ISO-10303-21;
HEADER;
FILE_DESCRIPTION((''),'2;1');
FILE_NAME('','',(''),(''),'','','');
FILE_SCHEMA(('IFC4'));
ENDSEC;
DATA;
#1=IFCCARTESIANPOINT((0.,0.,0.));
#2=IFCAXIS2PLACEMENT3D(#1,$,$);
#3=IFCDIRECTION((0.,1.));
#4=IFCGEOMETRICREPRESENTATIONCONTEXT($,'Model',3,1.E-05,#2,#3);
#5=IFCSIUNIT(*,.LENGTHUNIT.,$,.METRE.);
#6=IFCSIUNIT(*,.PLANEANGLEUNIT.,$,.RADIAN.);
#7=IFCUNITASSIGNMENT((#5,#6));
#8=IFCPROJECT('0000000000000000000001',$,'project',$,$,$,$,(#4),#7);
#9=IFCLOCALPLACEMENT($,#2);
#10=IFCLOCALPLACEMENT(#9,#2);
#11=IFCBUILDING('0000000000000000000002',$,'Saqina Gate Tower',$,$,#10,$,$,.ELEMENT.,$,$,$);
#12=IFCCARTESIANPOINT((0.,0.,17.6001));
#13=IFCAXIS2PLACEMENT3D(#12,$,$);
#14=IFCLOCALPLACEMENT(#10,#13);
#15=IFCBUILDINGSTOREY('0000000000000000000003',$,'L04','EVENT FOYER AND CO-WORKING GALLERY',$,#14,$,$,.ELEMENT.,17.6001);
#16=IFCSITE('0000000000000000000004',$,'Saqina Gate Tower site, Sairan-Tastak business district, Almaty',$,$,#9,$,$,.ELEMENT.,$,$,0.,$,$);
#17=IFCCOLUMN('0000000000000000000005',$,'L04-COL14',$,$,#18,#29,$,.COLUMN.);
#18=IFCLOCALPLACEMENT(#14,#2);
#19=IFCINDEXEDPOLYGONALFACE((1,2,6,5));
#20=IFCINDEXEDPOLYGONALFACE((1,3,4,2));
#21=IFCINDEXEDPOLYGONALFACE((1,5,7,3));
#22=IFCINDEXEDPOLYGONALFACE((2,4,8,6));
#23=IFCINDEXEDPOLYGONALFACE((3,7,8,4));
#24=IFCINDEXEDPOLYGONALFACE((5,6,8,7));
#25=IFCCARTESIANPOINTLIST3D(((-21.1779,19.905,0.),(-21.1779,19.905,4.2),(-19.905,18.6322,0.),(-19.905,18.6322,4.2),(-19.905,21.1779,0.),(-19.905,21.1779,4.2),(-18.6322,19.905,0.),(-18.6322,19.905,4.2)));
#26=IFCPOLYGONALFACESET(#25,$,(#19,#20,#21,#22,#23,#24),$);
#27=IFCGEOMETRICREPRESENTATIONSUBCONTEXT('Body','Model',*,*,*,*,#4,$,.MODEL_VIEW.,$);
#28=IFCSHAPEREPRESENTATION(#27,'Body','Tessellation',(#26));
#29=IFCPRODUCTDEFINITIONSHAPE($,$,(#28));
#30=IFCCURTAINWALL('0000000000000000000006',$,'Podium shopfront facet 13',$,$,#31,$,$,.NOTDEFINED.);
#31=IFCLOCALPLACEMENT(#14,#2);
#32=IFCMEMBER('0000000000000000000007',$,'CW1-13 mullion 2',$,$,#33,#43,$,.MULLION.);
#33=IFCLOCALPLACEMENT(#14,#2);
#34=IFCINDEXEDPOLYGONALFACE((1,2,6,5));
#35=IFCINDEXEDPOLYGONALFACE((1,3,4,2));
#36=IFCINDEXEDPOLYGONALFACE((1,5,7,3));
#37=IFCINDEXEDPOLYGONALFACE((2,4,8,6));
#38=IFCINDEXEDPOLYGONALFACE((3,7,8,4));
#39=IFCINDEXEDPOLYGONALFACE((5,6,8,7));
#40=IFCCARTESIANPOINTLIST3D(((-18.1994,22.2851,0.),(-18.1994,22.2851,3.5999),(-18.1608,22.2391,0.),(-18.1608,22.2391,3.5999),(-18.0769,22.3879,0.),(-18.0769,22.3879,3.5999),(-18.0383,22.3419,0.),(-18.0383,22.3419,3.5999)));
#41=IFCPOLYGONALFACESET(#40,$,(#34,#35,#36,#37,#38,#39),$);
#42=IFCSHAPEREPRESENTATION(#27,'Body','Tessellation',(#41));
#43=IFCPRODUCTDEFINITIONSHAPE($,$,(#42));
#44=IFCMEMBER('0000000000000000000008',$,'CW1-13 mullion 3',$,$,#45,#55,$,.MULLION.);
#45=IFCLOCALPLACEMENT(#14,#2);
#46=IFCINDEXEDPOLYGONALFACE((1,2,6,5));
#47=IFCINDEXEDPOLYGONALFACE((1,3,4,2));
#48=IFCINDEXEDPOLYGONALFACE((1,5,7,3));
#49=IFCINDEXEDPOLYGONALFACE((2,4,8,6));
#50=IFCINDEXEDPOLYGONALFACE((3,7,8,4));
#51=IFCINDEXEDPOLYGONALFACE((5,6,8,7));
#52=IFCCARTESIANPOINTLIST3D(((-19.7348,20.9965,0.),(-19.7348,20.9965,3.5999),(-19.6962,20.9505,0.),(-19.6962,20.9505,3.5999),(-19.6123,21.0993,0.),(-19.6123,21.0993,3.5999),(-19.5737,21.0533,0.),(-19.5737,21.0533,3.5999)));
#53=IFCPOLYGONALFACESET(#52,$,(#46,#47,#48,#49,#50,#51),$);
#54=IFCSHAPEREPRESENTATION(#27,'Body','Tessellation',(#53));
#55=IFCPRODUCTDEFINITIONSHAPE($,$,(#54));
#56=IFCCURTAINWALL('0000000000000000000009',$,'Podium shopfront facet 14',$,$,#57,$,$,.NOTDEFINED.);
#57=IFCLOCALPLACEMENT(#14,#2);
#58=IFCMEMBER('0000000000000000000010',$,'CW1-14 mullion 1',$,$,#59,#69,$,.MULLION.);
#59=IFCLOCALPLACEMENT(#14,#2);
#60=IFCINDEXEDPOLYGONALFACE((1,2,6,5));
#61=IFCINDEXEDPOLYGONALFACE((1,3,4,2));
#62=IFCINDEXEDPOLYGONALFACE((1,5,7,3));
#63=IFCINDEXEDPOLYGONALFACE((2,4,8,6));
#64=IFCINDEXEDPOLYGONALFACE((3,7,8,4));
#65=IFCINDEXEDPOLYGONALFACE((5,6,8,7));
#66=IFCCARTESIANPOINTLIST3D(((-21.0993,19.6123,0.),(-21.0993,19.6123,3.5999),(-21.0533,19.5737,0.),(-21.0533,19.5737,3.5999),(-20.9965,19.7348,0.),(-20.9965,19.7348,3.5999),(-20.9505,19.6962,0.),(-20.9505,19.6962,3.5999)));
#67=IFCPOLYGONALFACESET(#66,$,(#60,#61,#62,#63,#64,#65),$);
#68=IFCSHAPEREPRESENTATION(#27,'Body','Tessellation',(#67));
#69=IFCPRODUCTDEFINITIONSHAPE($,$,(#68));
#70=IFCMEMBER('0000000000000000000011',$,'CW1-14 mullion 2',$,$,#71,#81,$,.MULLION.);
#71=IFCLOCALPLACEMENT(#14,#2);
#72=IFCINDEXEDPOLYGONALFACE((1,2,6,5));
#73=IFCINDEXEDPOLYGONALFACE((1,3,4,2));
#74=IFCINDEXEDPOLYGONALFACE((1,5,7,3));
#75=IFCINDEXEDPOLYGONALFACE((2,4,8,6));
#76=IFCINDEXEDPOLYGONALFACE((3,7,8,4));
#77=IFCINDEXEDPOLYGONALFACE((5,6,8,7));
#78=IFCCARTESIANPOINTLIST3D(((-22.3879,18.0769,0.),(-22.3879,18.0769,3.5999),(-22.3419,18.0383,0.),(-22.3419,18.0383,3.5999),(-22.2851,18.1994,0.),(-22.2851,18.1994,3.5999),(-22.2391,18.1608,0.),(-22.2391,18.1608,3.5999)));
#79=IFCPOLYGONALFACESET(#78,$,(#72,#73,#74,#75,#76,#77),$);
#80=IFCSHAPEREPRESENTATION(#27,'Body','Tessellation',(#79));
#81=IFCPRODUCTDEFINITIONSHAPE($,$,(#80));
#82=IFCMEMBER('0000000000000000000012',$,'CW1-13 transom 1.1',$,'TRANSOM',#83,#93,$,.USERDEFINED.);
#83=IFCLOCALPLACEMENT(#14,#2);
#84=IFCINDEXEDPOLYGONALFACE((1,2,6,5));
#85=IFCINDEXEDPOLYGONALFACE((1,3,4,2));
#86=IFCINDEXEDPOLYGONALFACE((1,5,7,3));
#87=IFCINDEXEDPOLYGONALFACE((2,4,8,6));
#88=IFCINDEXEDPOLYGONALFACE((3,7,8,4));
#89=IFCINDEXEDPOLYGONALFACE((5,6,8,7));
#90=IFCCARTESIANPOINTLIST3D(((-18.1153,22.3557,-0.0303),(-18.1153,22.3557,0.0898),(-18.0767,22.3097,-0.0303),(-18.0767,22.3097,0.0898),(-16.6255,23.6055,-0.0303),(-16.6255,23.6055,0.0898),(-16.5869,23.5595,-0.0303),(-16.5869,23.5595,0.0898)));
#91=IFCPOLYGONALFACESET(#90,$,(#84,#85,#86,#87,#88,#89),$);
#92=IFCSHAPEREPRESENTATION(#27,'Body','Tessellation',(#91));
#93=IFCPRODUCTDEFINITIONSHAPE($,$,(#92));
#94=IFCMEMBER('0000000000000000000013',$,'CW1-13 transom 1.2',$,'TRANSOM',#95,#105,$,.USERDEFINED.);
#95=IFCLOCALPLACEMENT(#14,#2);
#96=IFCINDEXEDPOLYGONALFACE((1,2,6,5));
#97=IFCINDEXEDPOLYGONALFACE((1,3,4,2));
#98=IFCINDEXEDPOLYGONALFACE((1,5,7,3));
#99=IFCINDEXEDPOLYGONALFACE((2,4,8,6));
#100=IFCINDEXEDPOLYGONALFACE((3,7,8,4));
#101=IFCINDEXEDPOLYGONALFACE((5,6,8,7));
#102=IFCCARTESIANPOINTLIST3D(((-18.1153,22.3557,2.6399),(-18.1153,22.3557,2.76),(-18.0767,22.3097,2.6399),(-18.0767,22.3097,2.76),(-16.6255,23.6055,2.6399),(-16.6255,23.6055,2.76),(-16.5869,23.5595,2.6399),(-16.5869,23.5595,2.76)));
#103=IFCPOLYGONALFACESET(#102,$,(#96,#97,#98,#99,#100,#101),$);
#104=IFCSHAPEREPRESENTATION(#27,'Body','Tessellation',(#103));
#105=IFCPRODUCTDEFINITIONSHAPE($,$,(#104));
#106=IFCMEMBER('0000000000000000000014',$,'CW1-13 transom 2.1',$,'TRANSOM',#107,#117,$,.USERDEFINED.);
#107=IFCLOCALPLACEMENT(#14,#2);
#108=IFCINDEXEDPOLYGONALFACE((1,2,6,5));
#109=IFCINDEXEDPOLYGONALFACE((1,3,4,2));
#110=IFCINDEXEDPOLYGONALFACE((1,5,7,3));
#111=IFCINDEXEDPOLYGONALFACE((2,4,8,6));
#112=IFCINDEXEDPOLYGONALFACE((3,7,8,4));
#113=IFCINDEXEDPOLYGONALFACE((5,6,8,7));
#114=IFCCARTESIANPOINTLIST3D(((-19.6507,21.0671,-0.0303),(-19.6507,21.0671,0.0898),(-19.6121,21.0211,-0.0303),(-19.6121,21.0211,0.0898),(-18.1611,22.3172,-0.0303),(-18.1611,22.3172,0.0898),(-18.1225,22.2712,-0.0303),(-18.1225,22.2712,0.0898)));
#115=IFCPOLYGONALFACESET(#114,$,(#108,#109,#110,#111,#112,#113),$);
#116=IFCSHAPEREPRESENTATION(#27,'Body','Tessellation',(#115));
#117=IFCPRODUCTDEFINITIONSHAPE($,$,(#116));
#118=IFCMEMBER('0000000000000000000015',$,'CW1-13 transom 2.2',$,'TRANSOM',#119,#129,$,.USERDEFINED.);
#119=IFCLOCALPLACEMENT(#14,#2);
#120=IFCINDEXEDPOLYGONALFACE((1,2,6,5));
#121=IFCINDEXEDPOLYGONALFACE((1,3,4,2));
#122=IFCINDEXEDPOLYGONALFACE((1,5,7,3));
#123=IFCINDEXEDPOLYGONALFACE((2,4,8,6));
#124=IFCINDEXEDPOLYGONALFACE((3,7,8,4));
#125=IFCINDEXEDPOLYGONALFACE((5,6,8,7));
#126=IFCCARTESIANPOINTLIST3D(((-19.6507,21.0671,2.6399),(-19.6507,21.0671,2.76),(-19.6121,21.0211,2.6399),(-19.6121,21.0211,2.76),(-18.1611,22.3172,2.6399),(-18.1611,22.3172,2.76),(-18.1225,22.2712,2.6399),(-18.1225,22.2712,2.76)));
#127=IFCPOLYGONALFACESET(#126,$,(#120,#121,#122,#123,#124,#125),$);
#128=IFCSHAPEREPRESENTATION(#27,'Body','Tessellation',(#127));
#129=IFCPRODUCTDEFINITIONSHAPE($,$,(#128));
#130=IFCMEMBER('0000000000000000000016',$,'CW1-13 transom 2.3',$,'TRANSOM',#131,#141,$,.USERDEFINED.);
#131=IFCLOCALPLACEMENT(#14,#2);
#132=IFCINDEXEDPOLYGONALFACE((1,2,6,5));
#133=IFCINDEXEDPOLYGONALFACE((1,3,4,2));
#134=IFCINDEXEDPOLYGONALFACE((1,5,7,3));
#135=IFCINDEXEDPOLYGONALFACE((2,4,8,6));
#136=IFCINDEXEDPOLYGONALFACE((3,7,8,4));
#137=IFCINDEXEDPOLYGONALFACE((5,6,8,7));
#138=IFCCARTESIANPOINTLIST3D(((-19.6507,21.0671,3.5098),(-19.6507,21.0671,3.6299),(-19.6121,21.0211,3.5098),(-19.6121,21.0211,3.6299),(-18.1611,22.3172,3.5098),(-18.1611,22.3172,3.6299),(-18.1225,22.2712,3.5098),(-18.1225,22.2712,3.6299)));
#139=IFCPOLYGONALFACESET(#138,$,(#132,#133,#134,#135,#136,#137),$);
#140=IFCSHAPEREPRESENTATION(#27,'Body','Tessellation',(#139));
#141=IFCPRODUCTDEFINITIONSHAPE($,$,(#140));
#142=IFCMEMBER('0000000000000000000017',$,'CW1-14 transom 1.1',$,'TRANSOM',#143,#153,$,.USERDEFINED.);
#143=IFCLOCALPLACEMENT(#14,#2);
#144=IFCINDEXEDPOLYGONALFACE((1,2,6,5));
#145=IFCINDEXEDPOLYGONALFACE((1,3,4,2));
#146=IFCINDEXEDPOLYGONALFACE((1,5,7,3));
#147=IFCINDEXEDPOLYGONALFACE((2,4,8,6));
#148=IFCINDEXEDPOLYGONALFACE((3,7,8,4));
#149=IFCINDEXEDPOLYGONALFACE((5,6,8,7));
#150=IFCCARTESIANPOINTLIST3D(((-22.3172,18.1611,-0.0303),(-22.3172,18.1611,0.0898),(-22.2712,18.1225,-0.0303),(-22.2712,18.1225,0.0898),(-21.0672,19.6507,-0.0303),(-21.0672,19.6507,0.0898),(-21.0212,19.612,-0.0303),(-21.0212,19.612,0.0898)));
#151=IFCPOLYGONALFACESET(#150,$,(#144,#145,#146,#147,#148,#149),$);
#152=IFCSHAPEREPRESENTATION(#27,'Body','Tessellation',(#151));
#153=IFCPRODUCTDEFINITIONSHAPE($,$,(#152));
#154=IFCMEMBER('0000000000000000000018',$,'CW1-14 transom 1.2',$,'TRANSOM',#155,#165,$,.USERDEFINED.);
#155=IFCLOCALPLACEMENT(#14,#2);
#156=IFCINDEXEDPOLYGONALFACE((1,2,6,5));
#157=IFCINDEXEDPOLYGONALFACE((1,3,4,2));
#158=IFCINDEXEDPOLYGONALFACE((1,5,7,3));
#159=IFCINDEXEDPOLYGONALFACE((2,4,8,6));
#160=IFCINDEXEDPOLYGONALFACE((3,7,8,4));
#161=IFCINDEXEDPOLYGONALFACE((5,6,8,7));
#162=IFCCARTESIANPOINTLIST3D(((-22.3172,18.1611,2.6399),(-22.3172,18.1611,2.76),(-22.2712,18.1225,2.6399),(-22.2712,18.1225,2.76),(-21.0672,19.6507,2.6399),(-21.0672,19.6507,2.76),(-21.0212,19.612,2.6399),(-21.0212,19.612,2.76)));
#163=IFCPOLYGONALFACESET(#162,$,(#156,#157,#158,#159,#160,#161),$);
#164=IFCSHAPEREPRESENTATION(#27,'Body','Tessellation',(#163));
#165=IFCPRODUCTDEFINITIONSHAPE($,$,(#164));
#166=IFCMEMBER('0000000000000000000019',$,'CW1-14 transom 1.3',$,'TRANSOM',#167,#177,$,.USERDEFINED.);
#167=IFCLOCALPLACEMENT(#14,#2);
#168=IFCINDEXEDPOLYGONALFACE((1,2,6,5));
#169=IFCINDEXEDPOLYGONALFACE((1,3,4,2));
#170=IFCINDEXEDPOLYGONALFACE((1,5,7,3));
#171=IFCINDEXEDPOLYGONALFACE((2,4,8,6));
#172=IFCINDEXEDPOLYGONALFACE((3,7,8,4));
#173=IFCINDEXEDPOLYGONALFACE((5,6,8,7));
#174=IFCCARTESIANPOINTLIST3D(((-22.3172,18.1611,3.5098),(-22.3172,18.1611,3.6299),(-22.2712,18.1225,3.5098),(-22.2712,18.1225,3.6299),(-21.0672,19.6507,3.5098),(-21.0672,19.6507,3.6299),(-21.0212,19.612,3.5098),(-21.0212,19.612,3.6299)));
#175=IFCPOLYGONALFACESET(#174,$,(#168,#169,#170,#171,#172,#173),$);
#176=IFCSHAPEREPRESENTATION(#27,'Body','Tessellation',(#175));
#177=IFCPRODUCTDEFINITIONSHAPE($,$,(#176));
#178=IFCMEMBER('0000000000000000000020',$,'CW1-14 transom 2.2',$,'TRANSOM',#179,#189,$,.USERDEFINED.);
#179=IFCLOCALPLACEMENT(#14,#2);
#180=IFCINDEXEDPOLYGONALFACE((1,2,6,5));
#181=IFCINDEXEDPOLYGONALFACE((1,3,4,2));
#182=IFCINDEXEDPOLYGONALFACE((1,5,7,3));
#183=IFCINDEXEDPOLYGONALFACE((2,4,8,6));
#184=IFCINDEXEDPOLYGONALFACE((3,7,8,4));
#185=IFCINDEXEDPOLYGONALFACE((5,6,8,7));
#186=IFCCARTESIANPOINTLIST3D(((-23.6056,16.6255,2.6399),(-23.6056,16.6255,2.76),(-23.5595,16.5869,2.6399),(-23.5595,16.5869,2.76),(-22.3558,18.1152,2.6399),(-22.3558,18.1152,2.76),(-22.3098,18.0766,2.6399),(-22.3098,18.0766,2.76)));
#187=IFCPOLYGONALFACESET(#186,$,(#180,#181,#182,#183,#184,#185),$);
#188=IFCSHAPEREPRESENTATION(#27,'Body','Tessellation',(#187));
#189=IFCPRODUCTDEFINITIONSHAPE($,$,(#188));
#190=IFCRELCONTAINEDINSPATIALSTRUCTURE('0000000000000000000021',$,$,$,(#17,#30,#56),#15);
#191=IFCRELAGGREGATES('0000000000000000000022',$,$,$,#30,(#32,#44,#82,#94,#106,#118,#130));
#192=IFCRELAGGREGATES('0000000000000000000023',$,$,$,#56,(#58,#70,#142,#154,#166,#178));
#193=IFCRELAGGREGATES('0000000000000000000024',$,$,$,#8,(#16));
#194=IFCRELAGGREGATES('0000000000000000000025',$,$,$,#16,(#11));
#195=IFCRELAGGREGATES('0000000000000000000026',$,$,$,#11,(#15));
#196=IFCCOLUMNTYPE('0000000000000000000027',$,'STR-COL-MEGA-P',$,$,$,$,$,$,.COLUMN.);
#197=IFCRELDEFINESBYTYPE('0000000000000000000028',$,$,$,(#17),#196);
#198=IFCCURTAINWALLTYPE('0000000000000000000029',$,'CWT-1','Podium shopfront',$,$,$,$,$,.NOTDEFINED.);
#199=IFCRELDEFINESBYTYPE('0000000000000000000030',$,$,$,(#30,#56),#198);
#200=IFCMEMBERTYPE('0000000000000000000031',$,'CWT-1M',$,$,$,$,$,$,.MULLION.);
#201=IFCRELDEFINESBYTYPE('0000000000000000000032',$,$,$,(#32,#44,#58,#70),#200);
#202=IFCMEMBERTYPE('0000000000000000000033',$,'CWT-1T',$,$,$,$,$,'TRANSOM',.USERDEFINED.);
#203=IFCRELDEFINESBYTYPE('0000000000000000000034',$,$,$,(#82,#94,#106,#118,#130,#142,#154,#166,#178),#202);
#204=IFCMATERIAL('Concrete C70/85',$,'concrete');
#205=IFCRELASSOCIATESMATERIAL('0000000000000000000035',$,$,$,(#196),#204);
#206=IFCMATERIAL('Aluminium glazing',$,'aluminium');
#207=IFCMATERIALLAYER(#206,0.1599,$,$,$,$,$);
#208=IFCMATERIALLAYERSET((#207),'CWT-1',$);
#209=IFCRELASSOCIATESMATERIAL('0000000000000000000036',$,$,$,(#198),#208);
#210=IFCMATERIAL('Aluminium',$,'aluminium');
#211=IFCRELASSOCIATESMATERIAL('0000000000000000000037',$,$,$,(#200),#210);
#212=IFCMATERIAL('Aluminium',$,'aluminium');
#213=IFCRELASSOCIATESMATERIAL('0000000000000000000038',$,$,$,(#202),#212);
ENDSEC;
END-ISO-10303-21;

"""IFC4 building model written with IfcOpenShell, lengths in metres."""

from ifc_helpers import new_model, si_unit, direction, frame, origin, origin_2d, place, context, subcontext, project, spatial, rectangle, extrude, material, layer, layer_set, material_profile, profile_set, type_object, element, aggregate, save


model = new_model("IFC4")

# Units and contexts
model_context = context("Model", 3, precision=1e-05, world=origin(), true_north=direction((0.0, 1.0)))
body_context = subcontext(model_context, "Body", "Model", "MODEL_VIEW")
ifc_project = project(units=[si_unit("LENGTHUNIT", "METRE"), si_unit("PLANEANGLEUNIT", "RADIAN")], contexts=[model_context])

# Site, building, storey
site_placement = place(None, origin())
site = spatial("IfcSite", under=ifc_project, at=site_placement, Name="Saqina Gate Tower site, Sairan-Tastak business district, Almaty", CompositionType="ELEMENT", RefElevation=0.0)
building_placement = place(site_placement, origin())
building = spatial("IfcBuilding", under=site, at=building_placement, Name="Saqina Gate Tower", CompositionType="ELEMENT")
storey_placement = place(building_placement, frame((0.0, 0.0, 17.6001)))
storey = spatial("IfcBuildingStorey", under=building, at=storey_placement, Name="L04", Description="EVENT FOYER AND CO-WORKING GALLERY", CompositionType="ELEMENT", Elevation=17.6001)

# Column
ifc_material_1 = material(Name="Concrete C70/85", Category="concrete")
ifc_material_profile_1 = material_profile(ifc_material_1, rectangle(XDim=1.8, YDim=1.8, at=origin_2d()), Name="RC 1800x1800")
ifc_profile_set_1 = profile_set([ifc_material_profile_1], Name="Concrete C70/85")
column_type = type_object("IfcColumnType", Name="STR-COL-MEGA-P", PredefinedType="COLUMN", material=ifc_profile_set_1)
column_placement = place(storey_placement, frame((-19.905, 19.905, 0.0), z_axis=(0.0, 0.0, 1.0), x_axis=(-0.707107, 0.707107, 0.0)))
element("IfcColumn", 1, at=column_placement, inside=storey, type_object=column_type, Name="L04-COL14", PredefinedType="COLUMN", context=body_context, shape_type="SweptSolid", body=[
    extrude(rectangle(XDim=1.8, YDim=1.8, at=origin_2d()), origin(), (0.0, 0.0, 1.0), 4.2),
])

# Curtain walls, members
ifc_material_2 = material(Name="Aluminium glazing", Category="aluminium")
ifc_layer_1 = layer(ifc_material_2, 0.1599)
ifc_layer_set_1 = layer_set([ifc_layer_1], Name="CWT-1")
curtain_wall_type = type_object("IfcCurtainWallType", Name="CWT-1", Description="Podium shopfront", PredefinedType="NOTDEFINED", material=ifc_layer_set_1)
curtain_wall_1_placement = place(storey_placement, origin())
curtain_wall_1 = element("IfcCurtainWall", 2, at=curtain_wall_1_placement, inside=storey, type_object=curtain_wall_type, Name="Podium shopfront facet 13", PredefinedType="NOTDEFINED")
ifc_material_3 = material(Name="Aluminium", Category="aluminium")
ifc_material_profile_2 = material_profile(ifc_material_3, rectangle(XDim=0.0601, YDim=0.1599, at=origin_2d()), Name="Aluminium 60x160")
ifc_profile_set_2 = profile_set([ifc_material_profile_2], Name="Aluminium")
member_type_1 = type_object("IfcMemberType", Name="CWT-1M", PredefinedType="MULLION", material=ifc_profile_set_2)
member_1_placement = place(storey_placement, frame((-18.1189, 22.3135, 0.0), z_axis=(0.0, 0.0, 1.0), x_axis=(0.642779, -0.766051, 0.0)))
member_1 = element("IfcMember", 3, at=member_1_placement, type_object=member_type_1, Name="CW1-13 mullion 2", PredefinedType="MULLION", context=body_context, shape_type="SweptSolid", body=[
    extrude(rectangle(XDim=0.0601, YDim=0.1599, at=origin_2d()), origin(), (0.0, 0.0, 1.0), 3.5999),
])
member_2_placement = place(storey_placement, frame((-19.6543, 21.0249, 0.0), z_axis=(0.0, 0.0, 1.0), x_axis=(0.642779, -0.766051, 0.0)))
member_2 = element("IfcMember", 4, at=member_2_placement, type_object=member_type_1, Name="CW1-13 mullion 3", PredefinedType="MULLION", context=body_context, shape_type="SweptSolid", body=[
    extrude(rectangle(XDim=0.0601, YDim=0.1599, at=origin_2d()), origin(), (0.0, 0.0, 1.0), 3.5999),
])
curtain_wall_2_placement = place(storey_placement, origin())
curtain_wall_2 = element("IfcCurtainWall", 5, at=curtain_wall_2_placement, inside=storey, type_object=curtain_wall_type, Name="Podium shopfront facet 14", PredefinedType="NOTDEFINED")
member_3_placement = place(storey_placement, frame((-21.0249, 19.6543, 0.0), z_axis=(0.0, 0.0, 1.0), x_axis=(0.766051, -0.642779, 0.0)))
member_3 = element("IfcMember", 6, at=member_3_placement, type_object=member_type_1, Name="CW1-14 mullion 1", PredefinedType="MULLION", context=body_context, shape_type="SweptSolid", body=[
    extrude(rectangle(XDim=0.0601, YDim=0.1599, at=origin_2d()), origin(), (0.0, 0.0, 1.0), 3.5999),
])
member_4_placement = place(storey_placement, frame((-22.3135, 18.1189, 0.0), z_axis=(0.0, 0.0, 1.0), x_axis=(0.766051, -0.642779, 0.0)))
member_4 = element("IfcMember", 7, at=member_4_placement, type_object=member_type_1, Name="CW1-14 mullion 2", PredefinedType="MULLION", context=body_context, shape_type="SweptSolid", body=[
    extrude(rectangle(XDim=0.0601, YDim=0.1599, at=origin_2d()), origin(), (0.0, 0.0, 1.0), 3.5999),
])

# Members
ifc_material_4 = material(Name="Aluminium", Category="aluminium")
ifc_material_profile_3 = material_profile(ifc_material_4, rectangle(XDim=0.0601, YDim=0.1201, at=origin_2d()), Name="Aluminium 60x120")
ifc_profile_set_3 = profile_set([ifc_material_profile_3], Name="Aluminium")
member_type_2 = type_object("IfcMemberType", Name="CWT-1T", ElementType="TRANSOM", PredefinedType="USERDEFINED", material=ifc_profile_set_3)
member_5_placement = place(storey_placement, frame((-16.6062, 23.5825, 0.0298), z_axis=(-0.766118, -0.6427, 0.0), x_axis=(0.6427, -0.766118, 0.0)))
member_5 = element("IfcMember", 8, at=member_5_placement, type_object=member_type_2, Name="CW1-13 transom 1.1", ObjectType="TRANSOM", PredefinedType="USERDEFINED", context=body_context, shape_type="SweptSolid", body=[
    extrude(rectangle(XDim=0.0601, YDim=0.1201, at=origin_2d()), origin(), (0.0, 0.0, 1.0), 1.9446),
])
member_6_placement = place(storey_placement, frame((-16.6062, 23.5825, 2.7), z_axis=(-0.766118, -0.6427, 0.0), x_axis=(0.6427, -0.766118, 0.0)))
member_6 = element("IfcMember", 9, at=member_6_placement, type_object=member_type_2, Name="CW1-13 transom 1.2", ObjectType="TRANSOM", PredefinedType="USERDEFINED", context=body_context, shape_type="SweptSolid", body=[
    extrude(rectangle(XDim=0.0601, YDim=0.1201, at=origin_2d()), origin(), (0.0, 0.0, 1.0), 1.9446),
])
member_7_placement = place(storey_placement, frame((-18.1418, 22.2942, 0.0298), z_axis=(-0.766004, -0.642836, 0.0), x_axis=(0.642836, -0.766004, 0.0)))
member_7 = element("IfcMember", 10, at=member_7_placement, type_object=member_type_2, Name="CW1-13 transom 2.1", ObjectType="TRANSOM", PredefinedType="USERDEFINED", context=body_context, shape_type="SweptSolid", body=[
    extrude(rectangle(XDim=0.0601, YDim=0.1201, at=origin_2d()), origin(), (0.0, 0.0, 1.0), 1.9446),
])
member_8_placement = place(storey_placement, frame((-18.1418, 22.2942, 2.7), z_axis=(-0.766004, -0.642836, 0.0), x_axis=(0.642836, -0.766004, 0.0)))
member_8 = element("IfcMember", 11, at=member_8_placement, type_object=member_type_2, Name="CW1-13 transom 2.2", ObjectType="TRANSOM", PredefinedType="USERDEFINED", context=body_context, shape_type="SweptSolid", body=[
    extrude(rectangle(XDim=0.0601, YDim=0.1201, at=origin_2d()), origin(), (0.0, 0.0, 1.0), 1.9446),
])
member_9_placement = place(storey_placement, frame((-18.1418, 22.2942, 3.5698), z_axis=(-0.766004, -0.642836, 0.0), x_axis=(0.642836, -0.766004, 0.0)))
member_9 = element("IfcMember", 12, at=member_9_placement, type_object=member_type_2, Name="CW1-13 transom 2.3", ObjectType="TRANSOM", PredefinedType="USERDEFINED", context=body_context, shape_type="SweptSolid", body=[
    extrude(rectangle(XDim=0.0601, YDim=0.1201, at=origin_2d()), origin(), (0.0, 0.0, 1.0), 1.9446),
])
member_10_placement = place(storey_placement, frame((-21.0442, 19.6313, 0.0298), z_axis=(-0.642836, -0.766004, 0.0), x_axis=(0.766004, -0.642836, 0.0)))
member_10 = element("IfcMember", 13, at=member_10_placement, type_object=member_type_2, Name="CW1-14 transom 1.1", ObjectType="TRANSOM", PredefinedType="USERDEFINED", context=body_context, shape_type="SweptSolid", body=[
    extrude(rectangle(XDim=0.0601, YDim=0.1201, at=origin_2d()), origin(), (0.0, 0.0, 1.0), 1.9446),
])
member_11_placement = place(storey_placement, frame((-21.0442, 19.6313, 2.7), z_axis=(-0.642836, -0.766004, 0.0), x_axis=(0.766004, -0.642836, 0.0)))
member_11 = element("IfcMember", 14, at=member_11_placement, type_object=member_type_2, Name="CW1-14 transom 1.2", ObjectType="TRANSOM", PredefinedType="USERDEFINED", context=body_context, shape_type="SweptSolid", body=[
    extrude(rectangle(XDim=0.0601, YDim=0.1201, at=origin_2d()), origin(), (0.0, 0.0, 1.0), 1.9446),
])
member_12_placement = place(storey_placement, frame((-21.0442, 19.6313, 3.5698), z_axis=(-0.642836, -0.766004, 0.0), x_axis=(0.766004, -0.642836, 0.0)))
member_12 = element("IfcMember", 15, at=member_12_placement, type_object=member_type_2, Name="CW1-14 transom 1.3", ObjectType="TRANSOM", PredefinedType="USERDEFINED", context=body_context, shape_type="SweptSolid", body=[
    extrude(rectangle(XDim=0.0601, YDim=0.1201, at=origin_2d()), origin(), (0.0, 0.0, 1.0), 1.9446),
])
member_13_placement = place(storey_placement, frame((-22.3328, 18.0959, 2.7), z_axis=(-0.6427, -0.766118, 0.0), x_axis=(0.766118, -0.6427, 0.0)))
member_13 = element("IfcMember", 16, at=member_13_placement, type_object=member_type_2, Name="CW1-14 transom 2.2", ObjectType="TRANSOM", PredefinedType="USERDEFINED", context=body_context, shape_type="SweptSolid", body=[
    extrude(rectangle(XDim=0.0601, YDim=0.1201, at=origin_2d()), origin(), (0.0, 0.0, 1.0), 1.9446),
])

aggregate(curtain_wall_1, [member_1, member_2, member_5, member_6, member_7, member_8, member_9])
aggregate(curtain_wall_2, [member_3, member_4, member_10, member_11, member_12, member_13])

save(model, "model.ifc")
